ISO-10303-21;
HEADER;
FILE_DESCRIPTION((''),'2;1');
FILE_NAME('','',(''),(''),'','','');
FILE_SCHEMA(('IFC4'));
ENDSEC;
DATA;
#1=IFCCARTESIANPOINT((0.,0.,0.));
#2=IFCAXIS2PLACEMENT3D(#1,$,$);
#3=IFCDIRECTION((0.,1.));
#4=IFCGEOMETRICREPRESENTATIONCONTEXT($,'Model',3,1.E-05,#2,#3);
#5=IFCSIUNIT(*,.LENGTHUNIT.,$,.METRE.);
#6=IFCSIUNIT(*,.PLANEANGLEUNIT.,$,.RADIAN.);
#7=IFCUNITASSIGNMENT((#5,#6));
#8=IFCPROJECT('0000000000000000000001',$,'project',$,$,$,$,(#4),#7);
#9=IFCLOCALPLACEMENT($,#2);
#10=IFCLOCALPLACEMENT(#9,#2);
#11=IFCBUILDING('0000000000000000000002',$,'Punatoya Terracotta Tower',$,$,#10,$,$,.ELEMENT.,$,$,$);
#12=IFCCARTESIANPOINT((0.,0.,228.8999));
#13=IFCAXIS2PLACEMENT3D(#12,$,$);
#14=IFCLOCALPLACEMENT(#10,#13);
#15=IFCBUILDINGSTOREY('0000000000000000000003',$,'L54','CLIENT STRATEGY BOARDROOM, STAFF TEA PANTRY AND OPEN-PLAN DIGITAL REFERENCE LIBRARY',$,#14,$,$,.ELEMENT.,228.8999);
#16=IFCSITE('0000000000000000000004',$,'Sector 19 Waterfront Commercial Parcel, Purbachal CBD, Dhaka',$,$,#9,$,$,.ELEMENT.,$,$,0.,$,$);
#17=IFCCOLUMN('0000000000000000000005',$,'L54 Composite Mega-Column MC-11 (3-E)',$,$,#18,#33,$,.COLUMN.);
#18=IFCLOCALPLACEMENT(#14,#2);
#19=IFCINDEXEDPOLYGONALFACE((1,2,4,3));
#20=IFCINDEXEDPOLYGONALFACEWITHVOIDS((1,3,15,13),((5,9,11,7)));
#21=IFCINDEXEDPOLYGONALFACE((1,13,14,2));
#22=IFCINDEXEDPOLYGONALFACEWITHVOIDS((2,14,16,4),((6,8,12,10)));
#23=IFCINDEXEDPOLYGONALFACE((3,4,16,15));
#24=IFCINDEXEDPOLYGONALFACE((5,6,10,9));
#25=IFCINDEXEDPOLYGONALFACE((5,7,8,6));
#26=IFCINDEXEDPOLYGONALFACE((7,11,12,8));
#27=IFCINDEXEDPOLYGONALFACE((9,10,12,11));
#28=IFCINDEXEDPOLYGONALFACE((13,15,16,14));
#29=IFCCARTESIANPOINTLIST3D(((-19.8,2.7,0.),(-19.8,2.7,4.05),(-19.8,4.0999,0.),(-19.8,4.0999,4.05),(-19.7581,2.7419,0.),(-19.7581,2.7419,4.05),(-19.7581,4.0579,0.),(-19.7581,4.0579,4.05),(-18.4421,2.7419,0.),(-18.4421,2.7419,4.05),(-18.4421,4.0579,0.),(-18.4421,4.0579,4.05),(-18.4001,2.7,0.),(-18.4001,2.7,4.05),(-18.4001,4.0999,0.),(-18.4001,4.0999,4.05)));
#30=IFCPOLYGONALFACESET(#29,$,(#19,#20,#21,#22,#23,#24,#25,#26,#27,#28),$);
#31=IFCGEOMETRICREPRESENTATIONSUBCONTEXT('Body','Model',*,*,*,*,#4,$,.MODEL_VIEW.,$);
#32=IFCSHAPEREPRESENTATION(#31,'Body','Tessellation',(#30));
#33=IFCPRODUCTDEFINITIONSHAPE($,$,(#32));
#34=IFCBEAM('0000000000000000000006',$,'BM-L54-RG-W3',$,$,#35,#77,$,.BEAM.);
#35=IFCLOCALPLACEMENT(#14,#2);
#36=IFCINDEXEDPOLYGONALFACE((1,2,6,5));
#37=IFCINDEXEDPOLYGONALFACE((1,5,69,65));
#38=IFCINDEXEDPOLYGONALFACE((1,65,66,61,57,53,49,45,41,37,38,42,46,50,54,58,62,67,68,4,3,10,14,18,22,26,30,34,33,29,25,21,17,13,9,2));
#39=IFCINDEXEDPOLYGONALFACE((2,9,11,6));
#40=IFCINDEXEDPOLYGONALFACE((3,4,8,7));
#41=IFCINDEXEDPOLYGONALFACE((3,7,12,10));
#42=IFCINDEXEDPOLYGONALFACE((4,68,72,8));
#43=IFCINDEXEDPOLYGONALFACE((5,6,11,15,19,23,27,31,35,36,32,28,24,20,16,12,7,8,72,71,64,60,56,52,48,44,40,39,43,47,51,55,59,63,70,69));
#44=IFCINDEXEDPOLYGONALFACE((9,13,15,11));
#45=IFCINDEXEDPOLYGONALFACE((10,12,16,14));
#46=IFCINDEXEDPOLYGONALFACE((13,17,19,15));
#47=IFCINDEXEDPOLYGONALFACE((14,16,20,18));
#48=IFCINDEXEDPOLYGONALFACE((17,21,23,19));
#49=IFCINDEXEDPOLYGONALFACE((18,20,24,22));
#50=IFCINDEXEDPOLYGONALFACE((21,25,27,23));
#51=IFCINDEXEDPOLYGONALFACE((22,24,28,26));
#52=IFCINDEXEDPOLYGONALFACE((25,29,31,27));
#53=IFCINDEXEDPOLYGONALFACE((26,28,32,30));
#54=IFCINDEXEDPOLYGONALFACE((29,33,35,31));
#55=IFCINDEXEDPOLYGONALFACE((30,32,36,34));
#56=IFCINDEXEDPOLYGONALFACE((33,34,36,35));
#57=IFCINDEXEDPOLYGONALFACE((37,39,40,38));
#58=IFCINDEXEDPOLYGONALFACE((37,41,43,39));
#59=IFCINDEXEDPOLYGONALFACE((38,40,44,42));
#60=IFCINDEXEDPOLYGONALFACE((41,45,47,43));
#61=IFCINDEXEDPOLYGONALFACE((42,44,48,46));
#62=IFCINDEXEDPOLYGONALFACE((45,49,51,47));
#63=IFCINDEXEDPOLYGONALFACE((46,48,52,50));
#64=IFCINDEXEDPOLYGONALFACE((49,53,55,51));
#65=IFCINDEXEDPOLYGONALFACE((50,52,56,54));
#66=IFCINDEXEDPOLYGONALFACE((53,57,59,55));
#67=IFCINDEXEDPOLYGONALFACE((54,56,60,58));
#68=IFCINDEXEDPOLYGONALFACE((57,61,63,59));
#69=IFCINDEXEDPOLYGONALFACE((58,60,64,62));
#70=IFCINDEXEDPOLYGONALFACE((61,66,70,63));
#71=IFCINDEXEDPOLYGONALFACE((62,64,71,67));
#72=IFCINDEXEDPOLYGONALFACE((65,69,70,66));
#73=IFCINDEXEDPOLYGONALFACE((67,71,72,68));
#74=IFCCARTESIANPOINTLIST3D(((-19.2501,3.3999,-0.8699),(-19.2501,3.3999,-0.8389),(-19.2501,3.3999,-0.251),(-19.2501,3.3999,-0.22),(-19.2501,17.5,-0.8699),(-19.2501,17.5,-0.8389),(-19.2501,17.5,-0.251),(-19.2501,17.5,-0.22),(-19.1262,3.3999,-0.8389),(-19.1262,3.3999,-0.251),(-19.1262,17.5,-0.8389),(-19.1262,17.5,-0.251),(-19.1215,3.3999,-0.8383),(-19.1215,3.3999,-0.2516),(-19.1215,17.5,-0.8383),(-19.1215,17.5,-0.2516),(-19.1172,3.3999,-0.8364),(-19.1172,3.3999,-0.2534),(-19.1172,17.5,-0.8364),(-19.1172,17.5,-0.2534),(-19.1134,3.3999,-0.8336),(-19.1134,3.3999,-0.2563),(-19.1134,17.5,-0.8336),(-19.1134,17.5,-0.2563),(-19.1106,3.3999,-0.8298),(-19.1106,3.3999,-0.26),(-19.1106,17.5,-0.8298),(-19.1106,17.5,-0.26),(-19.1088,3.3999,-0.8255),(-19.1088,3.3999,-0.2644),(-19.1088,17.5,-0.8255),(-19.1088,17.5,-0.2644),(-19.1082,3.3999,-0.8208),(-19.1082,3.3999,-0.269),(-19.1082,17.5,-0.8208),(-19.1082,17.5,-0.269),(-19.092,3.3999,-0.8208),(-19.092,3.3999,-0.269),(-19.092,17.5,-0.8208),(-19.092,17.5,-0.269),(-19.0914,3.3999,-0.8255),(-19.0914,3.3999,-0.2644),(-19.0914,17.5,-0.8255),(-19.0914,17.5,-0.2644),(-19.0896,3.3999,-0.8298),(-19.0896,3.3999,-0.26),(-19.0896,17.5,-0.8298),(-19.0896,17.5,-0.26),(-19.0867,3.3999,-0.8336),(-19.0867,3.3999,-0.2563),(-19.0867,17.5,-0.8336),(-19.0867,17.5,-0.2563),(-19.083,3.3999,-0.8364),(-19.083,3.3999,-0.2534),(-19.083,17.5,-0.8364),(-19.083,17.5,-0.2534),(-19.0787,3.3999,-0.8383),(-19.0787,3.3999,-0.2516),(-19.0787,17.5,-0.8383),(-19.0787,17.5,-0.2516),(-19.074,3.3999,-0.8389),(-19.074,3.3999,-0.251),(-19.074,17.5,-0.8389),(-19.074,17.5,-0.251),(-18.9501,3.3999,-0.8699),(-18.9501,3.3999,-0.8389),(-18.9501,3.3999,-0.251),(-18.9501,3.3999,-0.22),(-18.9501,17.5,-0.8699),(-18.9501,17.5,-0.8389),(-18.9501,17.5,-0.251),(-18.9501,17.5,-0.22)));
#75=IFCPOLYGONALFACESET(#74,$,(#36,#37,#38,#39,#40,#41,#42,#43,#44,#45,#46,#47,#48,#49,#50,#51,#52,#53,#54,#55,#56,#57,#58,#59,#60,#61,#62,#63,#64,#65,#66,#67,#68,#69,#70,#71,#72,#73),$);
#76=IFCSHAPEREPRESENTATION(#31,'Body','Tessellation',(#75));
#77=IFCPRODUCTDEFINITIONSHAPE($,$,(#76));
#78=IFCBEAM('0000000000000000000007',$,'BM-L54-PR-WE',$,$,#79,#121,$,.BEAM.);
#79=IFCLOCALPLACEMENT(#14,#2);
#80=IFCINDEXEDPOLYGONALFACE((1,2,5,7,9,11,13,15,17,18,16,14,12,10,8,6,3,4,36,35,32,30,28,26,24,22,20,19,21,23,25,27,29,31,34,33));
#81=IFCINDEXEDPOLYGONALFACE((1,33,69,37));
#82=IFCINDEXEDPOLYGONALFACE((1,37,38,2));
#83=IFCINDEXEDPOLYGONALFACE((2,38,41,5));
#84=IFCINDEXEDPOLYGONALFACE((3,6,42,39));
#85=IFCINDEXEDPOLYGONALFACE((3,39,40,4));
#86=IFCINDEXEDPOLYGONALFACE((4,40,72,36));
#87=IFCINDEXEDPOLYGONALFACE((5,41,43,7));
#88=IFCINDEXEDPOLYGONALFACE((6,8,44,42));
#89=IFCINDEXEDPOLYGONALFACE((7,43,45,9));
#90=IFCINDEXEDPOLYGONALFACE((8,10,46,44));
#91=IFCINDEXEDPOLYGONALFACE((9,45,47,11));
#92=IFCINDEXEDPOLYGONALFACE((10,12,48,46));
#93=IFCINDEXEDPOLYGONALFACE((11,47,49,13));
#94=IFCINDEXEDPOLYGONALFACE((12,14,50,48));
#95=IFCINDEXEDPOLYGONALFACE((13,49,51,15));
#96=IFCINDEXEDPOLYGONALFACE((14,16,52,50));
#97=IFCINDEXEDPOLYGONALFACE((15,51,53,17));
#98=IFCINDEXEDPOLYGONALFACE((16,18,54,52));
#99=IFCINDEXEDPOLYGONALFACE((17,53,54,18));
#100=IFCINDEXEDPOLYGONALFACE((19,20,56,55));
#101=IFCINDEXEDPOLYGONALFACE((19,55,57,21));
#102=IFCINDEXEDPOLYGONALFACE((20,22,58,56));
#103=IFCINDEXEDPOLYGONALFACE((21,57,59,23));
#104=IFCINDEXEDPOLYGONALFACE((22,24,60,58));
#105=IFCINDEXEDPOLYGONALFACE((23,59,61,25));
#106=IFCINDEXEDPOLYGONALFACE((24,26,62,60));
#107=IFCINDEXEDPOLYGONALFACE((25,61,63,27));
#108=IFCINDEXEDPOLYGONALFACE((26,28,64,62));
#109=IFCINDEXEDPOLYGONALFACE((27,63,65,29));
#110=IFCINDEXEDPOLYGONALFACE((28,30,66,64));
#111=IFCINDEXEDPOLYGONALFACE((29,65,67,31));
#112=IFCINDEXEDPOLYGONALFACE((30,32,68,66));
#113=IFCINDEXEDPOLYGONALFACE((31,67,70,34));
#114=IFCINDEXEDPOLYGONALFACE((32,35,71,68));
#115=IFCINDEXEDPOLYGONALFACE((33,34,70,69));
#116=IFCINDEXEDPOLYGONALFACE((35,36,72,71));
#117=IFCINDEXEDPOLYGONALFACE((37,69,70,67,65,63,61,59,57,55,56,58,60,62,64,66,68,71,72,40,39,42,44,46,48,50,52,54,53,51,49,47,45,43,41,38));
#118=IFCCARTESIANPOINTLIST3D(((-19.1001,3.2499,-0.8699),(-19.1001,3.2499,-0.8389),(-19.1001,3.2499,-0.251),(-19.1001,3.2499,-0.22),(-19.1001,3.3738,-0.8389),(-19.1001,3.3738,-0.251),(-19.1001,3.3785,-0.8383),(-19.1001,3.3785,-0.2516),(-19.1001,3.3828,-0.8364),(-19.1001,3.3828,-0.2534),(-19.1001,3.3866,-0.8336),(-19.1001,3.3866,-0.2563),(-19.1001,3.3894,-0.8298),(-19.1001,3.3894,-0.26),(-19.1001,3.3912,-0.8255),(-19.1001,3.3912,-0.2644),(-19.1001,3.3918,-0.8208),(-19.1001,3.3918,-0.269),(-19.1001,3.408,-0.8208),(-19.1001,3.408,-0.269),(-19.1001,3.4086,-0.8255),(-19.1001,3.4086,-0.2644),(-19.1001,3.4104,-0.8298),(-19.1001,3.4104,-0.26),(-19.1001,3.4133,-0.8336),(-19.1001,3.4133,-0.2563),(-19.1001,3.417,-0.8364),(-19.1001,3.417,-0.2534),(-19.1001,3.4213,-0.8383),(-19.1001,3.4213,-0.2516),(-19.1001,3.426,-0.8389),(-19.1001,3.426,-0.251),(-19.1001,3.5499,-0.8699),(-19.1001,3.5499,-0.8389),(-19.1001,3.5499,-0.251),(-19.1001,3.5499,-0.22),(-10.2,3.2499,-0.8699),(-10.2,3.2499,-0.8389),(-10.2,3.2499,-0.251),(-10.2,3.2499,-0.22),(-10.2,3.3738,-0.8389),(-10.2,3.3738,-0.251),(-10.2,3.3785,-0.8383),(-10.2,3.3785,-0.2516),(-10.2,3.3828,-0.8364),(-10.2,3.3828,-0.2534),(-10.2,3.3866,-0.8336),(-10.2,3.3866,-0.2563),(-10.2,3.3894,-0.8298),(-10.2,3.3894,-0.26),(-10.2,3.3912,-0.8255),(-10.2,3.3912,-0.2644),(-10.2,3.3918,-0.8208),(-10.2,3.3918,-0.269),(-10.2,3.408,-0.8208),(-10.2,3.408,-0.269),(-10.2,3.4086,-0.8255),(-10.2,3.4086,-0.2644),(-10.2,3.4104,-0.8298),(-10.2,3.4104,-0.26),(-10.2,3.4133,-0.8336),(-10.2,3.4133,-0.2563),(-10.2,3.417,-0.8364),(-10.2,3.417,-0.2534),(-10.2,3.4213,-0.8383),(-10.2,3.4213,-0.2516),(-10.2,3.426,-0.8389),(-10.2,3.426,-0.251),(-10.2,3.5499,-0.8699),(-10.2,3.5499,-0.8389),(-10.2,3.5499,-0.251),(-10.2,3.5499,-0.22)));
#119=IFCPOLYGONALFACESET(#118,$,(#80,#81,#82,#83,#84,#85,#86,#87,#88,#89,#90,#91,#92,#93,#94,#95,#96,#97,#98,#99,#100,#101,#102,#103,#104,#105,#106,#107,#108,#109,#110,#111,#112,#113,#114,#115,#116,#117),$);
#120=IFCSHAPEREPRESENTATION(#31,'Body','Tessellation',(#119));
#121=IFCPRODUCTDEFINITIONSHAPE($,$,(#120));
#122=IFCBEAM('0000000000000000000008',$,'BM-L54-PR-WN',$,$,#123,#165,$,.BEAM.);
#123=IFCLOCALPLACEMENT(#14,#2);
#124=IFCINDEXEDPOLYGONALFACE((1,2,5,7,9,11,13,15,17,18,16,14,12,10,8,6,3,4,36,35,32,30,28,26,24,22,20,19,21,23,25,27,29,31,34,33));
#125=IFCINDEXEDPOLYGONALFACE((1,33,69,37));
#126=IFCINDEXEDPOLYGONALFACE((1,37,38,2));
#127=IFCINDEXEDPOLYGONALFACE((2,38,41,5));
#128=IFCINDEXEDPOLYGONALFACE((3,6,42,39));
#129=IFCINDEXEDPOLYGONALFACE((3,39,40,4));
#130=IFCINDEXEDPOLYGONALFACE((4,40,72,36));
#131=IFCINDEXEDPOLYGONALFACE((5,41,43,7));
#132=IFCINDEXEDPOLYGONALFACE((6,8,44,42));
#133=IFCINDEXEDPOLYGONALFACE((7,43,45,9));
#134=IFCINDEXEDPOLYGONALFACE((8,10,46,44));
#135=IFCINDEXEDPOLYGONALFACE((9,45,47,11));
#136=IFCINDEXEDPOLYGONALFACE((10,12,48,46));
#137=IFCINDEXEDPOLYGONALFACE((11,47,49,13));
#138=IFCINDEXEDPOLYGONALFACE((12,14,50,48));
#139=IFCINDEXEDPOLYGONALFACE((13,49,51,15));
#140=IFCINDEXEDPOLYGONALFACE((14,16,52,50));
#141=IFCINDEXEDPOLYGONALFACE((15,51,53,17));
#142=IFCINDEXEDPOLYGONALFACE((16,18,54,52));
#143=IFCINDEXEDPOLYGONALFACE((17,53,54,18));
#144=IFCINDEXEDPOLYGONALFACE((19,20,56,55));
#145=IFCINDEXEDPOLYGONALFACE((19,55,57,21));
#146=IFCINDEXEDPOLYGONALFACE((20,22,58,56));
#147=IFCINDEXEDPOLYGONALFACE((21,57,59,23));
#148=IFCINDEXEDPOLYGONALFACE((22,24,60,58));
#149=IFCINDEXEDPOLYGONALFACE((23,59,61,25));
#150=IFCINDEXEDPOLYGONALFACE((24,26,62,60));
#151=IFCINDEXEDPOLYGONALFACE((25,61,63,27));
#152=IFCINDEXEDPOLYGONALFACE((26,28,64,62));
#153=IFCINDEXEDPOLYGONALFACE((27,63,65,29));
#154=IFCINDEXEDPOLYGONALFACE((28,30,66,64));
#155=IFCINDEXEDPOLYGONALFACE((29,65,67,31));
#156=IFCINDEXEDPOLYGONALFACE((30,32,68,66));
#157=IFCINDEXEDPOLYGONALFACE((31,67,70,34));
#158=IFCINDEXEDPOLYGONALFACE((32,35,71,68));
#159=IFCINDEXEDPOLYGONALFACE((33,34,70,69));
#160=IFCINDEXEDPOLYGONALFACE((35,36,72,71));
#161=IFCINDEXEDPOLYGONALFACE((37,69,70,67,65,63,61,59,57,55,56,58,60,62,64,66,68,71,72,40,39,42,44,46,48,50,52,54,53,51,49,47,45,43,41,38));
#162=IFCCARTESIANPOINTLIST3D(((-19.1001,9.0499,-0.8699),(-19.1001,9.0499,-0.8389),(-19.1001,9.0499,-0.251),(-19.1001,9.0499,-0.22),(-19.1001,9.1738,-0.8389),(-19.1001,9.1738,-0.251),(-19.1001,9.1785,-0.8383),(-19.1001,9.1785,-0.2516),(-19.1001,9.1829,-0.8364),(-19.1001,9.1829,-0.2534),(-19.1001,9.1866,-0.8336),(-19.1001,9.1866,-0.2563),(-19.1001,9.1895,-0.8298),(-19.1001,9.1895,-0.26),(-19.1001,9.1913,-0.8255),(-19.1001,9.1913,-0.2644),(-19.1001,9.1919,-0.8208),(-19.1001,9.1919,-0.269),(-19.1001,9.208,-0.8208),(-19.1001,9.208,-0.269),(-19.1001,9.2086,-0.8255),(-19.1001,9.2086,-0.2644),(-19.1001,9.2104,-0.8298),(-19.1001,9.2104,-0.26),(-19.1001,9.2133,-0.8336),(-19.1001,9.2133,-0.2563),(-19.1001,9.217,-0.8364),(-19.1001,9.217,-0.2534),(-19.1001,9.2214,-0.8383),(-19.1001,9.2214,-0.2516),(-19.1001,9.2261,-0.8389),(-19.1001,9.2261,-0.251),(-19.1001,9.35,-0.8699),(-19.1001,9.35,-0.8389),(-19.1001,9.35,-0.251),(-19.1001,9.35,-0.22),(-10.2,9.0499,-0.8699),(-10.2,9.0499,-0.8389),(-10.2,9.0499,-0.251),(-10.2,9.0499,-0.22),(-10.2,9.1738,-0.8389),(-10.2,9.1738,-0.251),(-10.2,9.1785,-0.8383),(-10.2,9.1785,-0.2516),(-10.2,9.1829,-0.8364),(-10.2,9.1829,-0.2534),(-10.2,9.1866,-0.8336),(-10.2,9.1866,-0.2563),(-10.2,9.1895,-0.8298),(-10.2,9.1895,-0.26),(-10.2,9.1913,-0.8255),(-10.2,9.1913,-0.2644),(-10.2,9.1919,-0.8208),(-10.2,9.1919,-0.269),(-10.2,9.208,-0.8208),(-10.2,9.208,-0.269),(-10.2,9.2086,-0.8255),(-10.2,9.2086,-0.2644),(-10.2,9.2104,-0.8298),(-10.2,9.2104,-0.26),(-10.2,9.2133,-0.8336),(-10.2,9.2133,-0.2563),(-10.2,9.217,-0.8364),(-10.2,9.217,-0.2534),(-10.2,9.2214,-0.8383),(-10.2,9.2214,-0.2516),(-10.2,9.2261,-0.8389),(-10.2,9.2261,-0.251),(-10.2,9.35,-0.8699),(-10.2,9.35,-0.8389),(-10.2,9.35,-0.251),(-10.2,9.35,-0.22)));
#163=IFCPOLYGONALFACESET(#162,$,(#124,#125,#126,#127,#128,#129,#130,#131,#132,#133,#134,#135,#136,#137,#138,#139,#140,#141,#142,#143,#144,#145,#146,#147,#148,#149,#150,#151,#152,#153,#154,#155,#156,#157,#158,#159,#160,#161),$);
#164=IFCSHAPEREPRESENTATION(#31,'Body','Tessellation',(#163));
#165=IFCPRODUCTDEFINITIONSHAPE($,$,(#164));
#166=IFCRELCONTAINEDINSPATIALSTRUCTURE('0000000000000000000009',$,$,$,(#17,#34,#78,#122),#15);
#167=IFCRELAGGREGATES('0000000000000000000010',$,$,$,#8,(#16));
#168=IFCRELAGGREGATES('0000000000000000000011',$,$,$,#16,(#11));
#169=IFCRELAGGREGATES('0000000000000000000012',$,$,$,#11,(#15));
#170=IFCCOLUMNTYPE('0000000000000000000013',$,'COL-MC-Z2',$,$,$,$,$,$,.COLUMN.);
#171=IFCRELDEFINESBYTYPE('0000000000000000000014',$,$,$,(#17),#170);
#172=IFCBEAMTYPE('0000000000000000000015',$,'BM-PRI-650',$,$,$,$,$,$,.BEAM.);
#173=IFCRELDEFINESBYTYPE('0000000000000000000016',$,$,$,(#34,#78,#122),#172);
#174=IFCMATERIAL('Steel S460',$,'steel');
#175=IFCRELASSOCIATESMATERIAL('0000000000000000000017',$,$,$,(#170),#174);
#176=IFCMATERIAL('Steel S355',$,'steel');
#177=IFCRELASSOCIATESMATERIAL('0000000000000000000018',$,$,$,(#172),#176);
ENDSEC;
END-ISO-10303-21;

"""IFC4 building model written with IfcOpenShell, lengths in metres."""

from ifc_helpers import new_model, si_unit, direction, frame, origin, origin_2d, place, context, subcontext, project, spatial, hollow_rectangle, i_section, extrude, material, material_profile, profile_set, type_object, element, save


model = new_model("IFC4")

# Units and contexts
model_context = context("Model", 3, precision=1e-05, world=origin(), true_north=direction((0.0, 1.0)))
body_context = subcontext(model_context, "Body", "Model", "MODEL_VIEW")
ifc_project = project(units=[si_unit("LENGTHUNIT", "METRE"), si_unit("PLANEANGLEUNIT", "RADIAN")], contexts=[model_context])

# Site, building, storey
site_placement = place(None, origin())
site = spatial("IfcSite", under=ifc_project, at=site_placement, Name="Sector 19 Waterfront Commercial Parcel, Purbachal CBD, Dhaka", CompositionType="ELEMENT", RefElevation=0.0)
building_placement = place(site_placement, origin())
building = spatial("IfcBuilding", under=site, at=building_placement, Name="Punatoya Terracotta Tower", CompositionType="ELEMENT")
storey_placement = place(building_placement, frame((0.0, 0.0, 228.8999)))
storey = spatial("IfcBuildingStorey", under=building, at=storey_placement, Name="L54", Description="CLIENT STRATEGY BOARDROOM, STAFF TEA PANTRY AND OPEN-PLAN DIGITAL REFERENCE LIBRARY", CompositionType="ELEMENT", Elevation=228.8999)

# Column
ifc_material_1 = material(Name="Steel S460", Category="steel")
ifc_material_profile_1 = material_profile(ifc_material_1, hollow_rectangle(XDim=1.3999, YDim=1.3999, WallThickness=0.042, at=origin_2d()))
ifc_profile_set_1 = profile_set([ifc_material_profile_1], Name="Steel S460")
column_type = type_object("IfcColumnType", Name="COL-MC-Z2", PredefinedType="COLUMN", material=ifc_profile_set_1)
column_placement = place(storey_placement, frame((-19.1001, 3.3999, 0.0), z_axis=(0.0, 0.0, 1.0), x_axis=(1.0, 0.0, 0.0)))
element("IfcColumn", 1, at=column_placement, inside=storey, type_object=column_type, Name="L54 Composite Mega-Column MC-11 (3-E)", PredefinedType="COLUMN", context=body_context, shape_type="SweptSolid", body=[
    extrude(hollow_rectangle(XDim=1.3999, YDim=1.3999, WallThickness=0.042, at=origin_2d()), origin(), (0.0, 0.0, 1.0), 4.05),
])

# Beams
ifc_material_2 = material(Name="Steel S355", Category="steel")
ifc_material_profile_2 = material_profile(ifc_material_2, i_section(OverallWidth=0.3, OverallDepth=0.6499, WebThickness=0.0161, FlangeThickness=0.031, FilletRadius=0.0181, at=origin_2d()))
ifc_profile_set_2 = profile_set([ifc_material_profile_2], Name="Steel S355")
beam_type_1 = type_object("IfcBeamType", Name="BM-PRI-650", PredefinedType="BEAM", material=ifc_profile_set_2)
beam_placement = place(storey_placement, frame((-19.1001, 3.3999, -0.5449), z_axis=(0.0, 1.0, 0.0), x_axis=(-1.0, 0.0, 0.0)))
element("IfcBeam", 2, at=beam_placement, inside=storey, type_object=beam_type_1, Name="BM-L54-RG-W3", PredefinedType="BEAM", context=body_context, shape_type="SweptSolid", body=[
    extrude(i_section(OverallWidth=0.3, OverallDepth=0.6499, WebThickness=0.0161, FlangeThickness=0.031, FilletRadius=0.0181, at=origin_2d()), origin(), (0.0, 0.0, 1.0), 14.1001),
])
for number, where, z_axis, x_axis, name in (
    (3, (-19.1001, 3.3999, -0.5449), (1.0, 0.0, 0.0), (0.0, 1.0, 0.0), "BM-L54-PR-WE"),
    (4, (-19.1001, 9.2, -0.5449), (1.0, 0.0, 0.0), (0.0, 1.0, 0.0), "BM-L54-PR-WN"),
):
    element("IfcBeam", number, at=place(storey_placement, frame(where, z_axis=z_axis, x_axis=x_axis)), inside=storey, type_object=beam_type_1, Name=name, PredefinedType="BEAM", context=body_context, shape_type="SweptSolid", body=[
        extrude(i_section(OverallWidth=0.3, OverallDepth=0.6499, WebThickness=0.0161, FlangeThickness=0.031, FilletRadius=0.0181, at=origin_2d()), origin(), (0.0, 0.0, 1.0), 8.9001),
    ])

save(model, "model.ifc")
